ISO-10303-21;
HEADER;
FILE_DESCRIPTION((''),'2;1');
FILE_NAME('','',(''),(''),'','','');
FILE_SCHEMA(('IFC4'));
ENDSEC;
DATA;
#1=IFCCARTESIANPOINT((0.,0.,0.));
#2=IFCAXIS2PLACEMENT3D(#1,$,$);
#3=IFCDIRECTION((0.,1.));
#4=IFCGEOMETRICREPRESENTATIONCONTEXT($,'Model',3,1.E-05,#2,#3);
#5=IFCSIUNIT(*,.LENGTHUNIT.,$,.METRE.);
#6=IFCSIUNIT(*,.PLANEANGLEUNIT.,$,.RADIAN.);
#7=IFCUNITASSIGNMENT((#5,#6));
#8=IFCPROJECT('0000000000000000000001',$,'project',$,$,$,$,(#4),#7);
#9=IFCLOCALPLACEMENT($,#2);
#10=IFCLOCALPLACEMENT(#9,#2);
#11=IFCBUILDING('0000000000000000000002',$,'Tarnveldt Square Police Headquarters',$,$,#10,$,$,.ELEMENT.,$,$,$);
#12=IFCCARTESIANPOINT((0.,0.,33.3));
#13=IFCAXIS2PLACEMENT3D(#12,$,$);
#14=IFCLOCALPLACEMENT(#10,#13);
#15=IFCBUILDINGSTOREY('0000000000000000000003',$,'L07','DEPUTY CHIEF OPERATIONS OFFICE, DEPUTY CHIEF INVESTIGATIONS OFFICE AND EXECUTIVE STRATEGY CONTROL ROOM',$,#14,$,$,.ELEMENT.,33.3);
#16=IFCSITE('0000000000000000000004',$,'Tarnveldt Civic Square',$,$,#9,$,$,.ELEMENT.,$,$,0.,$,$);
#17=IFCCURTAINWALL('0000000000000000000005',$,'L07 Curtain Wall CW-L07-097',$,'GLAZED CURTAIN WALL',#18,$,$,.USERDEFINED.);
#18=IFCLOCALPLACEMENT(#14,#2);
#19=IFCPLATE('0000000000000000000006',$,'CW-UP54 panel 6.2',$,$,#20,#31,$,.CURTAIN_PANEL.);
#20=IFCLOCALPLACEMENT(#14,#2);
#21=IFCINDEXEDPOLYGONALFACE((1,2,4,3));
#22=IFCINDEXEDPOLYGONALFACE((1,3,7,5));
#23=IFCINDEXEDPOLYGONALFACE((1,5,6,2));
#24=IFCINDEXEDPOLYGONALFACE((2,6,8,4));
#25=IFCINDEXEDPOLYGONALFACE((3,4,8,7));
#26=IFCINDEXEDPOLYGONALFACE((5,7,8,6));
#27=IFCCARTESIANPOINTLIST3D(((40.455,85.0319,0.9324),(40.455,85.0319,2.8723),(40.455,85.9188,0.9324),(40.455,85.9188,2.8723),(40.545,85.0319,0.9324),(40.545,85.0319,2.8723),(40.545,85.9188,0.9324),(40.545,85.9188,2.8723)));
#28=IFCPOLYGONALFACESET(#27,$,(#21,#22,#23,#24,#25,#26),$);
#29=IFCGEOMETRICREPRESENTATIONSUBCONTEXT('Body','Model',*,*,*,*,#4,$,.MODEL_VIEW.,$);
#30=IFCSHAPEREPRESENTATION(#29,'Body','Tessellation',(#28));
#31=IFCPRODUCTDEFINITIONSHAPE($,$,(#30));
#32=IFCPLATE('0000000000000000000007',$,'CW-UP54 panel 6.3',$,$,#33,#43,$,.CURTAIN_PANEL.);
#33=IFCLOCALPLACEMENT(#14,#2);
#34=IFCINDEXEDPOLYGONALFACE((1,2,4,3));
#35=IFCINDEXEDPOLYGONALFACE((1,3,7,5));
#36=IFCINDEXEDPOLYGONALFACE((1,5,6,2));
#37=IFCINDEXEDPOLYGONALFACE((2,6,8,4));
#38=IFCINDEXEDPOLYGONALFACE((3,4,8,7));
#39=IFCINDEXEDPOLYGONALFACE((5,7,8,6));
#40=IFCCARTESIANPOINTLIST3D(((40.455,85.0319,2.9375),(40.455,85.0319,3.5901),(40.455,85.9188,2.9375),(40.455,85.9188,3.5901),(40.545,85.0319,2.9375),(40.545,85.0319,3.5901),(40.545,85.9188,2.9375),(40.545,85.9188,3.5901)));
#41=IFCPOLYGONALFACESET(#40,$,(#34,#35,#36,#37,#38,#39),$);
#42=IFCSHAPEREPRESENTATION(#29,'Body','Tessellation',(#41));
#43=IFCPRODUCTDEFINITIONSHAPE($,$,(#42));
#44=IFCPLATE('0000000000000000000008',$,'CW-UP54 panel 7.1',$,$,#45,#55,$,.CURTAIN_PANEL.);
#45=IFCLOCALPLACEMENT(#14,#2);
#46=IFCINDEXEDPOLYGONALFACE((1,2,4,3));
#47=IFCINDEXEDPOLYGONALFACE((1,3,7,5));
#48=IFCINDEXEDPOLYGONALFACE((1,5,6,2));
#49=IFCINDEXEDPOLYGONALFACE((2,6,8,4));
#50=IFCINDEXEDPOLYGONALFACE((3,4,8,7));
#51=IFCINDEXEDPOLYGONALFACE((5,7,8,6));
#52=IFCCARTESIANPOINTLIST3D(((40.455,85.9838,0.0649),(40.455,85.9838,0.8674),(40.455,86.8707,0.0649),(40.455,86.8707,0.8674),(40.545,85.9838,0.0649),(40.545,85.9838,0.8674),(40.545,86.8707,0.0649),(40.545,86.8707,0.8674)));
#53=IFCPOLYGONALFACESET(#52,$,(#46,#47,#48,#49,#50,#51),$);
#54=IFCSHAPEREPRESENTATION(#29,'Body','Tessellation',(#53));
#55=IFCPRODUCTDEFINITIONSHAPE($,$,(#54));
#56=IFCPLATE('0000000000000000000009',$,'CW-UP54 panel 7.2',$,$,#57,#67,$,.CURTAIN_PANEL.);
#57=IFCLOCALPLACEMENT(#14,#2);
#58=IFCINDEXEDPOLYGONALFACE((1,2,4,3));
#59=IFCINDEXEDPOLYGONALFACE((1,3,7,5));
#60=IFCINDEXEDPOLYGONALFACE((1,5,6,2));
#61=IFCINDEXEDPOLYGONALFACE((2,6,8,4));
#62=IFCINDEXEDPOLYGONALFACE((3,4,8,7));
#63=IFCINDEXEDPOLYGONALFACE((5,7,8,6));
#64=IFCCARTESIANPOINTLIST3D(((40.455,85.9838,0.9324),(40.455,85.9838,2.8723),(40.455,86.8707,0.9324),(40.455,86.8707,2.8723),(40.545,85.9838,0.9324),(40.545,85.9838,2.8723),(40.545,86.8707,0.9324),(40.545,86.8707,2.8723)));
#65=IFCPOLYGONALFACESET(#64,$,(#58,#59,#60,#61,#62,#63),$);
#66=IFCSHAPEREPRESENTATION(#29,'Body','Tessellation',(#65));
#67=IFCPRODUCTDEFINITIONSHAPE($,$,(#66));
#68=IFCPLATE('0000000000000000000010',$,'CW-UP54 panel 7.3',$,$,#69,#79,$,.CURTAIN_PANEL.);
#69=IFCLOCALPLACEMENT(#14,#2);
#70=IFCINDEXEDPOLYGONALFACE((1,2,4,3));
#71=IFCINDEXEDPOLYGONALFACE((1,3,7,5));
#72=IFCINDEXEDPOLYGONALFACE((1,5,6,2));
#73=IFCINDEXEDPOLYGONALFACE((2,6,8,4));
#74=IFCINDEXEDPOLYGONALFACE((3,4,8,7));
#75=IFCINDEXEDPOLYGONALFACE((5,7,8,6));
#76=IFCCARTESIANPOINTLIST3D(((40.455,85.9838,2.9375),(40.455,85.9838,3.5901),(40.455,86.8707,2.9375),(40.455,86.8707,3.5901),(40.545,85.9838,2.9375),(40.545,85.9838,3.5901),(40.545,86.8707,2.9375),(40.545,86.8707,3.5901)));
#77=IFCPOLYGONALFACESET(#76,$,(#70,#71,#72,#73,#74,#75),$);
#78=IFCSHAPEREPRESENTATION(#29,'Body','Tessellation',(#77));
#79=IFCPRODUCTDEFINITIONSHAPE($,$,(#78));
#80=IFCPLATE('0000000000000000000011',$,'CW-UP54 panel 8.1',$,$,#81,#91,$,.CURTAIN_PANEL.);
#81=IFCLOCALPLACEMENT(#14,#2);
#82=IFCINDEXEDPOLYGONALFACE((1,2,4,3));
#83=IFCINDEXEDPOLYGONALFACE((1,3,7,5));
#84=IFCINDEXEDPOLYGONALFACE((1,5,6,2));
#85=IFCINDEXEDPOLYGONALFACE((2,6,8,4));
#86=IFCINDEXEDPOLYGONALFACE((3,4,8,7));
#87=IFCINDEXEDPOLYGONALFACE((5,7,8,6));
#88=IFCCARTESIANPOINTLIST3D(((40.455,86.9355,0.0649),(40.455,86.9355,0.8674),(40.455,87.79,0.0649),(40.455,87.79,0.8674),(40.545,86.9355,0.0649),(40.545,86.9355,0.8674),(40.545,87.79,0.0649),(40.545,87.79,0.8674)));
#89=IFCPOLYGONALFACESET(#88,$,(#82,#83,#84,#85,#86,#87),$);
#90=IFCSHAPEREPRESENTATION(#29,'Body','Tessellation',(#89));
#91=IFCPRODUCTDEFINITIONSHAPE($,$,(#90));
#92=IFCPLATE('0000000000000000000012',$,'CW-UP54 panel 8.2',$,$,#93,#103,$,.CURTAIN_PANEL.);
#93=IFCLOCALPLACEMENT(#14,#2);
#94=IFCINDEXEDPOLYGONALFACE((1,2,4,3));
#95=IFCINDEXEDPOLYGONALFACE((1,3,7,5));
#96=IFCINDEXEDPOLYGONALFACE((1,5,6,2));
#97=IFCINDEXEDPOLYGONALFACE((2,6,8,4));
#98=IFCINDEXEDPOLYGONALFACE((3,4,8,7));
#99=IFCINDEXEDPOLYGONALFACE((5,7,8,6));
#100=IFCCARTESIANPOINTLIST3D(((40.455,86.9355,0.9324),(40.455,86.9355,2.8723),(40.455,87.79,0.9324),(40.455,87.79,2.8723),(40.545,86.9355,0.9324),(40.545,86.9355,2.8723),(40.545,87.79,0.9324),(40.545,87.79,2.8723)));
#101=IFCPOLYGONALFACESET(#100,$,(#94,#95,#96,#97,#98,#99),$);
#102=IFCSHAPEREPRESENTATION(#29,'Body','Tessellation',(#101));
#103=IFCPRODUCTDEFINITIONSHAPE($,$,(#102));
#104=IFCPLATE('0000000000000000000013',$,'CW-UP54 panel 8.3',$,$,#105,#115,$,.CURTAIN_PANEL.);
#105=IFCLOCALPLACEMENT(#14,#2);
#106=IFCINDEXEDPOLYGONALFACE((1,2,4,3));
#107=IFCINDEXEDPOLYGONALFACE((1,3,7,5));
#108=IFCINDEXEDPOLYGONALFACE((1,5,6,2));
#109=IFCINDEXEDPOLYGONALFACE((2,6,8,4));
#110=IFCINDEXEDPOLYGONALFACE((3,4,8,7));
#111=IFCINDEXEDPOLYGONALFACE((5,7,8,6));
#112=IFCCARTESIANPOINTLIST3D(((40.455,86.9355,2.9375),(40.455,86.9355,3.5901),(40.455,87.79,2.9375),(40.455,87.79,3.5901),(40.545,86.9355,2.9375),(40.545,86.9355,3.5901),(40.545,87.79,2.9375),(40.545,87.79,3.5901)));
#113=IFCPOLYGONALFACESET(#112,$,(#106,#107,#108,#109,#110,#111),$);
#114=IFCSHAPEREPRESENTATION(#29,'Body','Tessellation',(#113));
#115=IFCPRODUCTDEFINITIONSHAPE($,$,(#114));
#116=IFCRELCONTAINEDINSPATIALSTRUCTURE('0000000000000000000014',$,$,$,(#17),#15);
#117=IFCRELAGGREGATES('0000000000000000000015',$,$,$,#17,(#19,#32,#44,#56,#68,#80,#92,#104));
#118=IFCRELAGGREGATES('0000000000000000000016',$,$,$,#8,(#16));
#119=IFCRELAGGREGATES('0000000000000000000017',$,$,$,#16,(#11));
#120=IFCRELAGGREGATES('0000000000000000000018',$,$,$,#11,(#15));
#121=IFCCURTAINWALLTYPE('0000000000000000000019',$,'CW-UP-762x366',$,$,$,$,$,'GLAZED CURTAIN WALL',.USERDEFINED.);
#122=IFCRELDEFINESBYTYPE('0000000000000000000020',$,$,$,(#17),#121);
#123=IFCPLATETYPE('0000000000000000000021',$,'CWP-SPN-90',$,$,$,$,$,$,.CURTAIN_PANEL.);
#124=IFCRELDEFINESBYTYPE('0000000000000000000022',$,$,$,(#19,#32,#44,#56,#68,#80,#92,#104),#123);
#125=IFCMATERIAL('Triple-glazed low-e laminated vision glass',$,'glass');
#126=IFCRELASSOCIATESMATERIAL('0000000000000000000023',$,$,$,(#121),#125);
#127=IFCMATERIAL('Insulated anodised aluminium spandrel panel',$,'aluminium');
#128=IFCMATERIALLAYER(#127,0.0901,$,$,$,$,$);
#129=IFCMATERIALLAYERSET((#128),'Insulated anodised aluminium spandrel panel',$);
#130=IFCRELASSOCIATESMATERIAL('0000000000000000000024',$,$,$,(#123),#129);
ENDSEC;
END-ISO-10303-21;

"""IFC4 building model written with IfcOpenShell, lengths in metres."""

from ifc_helpers import new_model, si_unit, direction, frame, origin, origin_2d, place, context, subcontext, project, spatial, rectangle, extrude, material, layer, layer_set, type_object, element, aggregate, save


model = new_model("IFC4")

# Units and contexts
model_context = context("Model", 3, precision=1e-05, world=origin(), true_north=direction((0.0, 1.0)))
body_context = subcontext(model_context, "Body", "Model", "MODEL_VIEW")
ifc_project = project(units=[si_unit("LENGTHUNIT", "METRE"), si_unit("PLANEANGLEUNIT", "RADIAN")], contexts=[model_context])

# Site, building, storey
site_placement = place(None, origin())
site = spatial("IfcSite", under=ifc_project, at=site_placement, Name="Tarnveldt Civic Square", CompositionType="ELEMENT", RefElevation=0.0)
building_placement = place(site_placement, origin())
building = spatial("IfcBuilding", under=site, at=building_placement, Name="Tarnveldt Square Police Headquarters", CompositionType="ELEMENT")
storey_placement = place(building_placement, frame((0.0, 0.0, 33.3)))
storey = spatial("IfcBuildingStorey", under=building, at=storey_placement, Name="L07", Description="DEPUTY CHIEF OPERATIONS OFFICE, DEPUTY CHIEF INVESTIGATIONS OFFICE AND EXECUTIVE STRATEGY CONTROL ROOM", CompositionType="ELEMENT", Elevation=33.3)

# Curtain wall, plates
ifc_material_1 = material(Name="Triple-glazed low-e laminated vision glass", Category="glass")
curtain_wall_type = type_object("IfcCurtainWallType", Name="CW-UP-762x366", ElementType="GLAZED CURTAIN WALL", PredefinedType="USERDEFINED", material=ifc_material_1)
curtain_wall_placement = place(storey_placement, origin())
curtain_wall = element("IfcCurtainWall", 1, at=curtain_wall_placement, inside=storey, type_object=curtain_wall_type, Name="L07 Curtain Wall CW-L07-097", ObjectType="GLAZED CURTAIN WALL", PredefinedType="USERDEFINED")
ifc_material_2 = material(Name="Insulated anodised aluminium spandrel panel", Category="aluminium")
ifc_layer = layer(ifc_material_2, 0.0901)
ifc_layer_set = layer_set([ifc_layer], Name="Insulated anodised aluminium spandrel panel")
plate_type = type_object("IfcPlateType", Name="CWP-SPN-90", PredefinedType="CURTAIN_PANEL", material=ifc_layer_set)
plate_1_placement = place(storey_placement, frame((40.5, 85.4753, 0.9324), z_axis=(0.0, 0.0, 1.0), x_axis=(0.0, 1.0, 0.0)))
plate_1 = element("IfcPlate", 2, at=plate_1_placement, type_object=plate_type, Name="CW-UP54 panel 6.2", PredefinedType="CURTAIN_PANEL", context=body_context, shape_type="SweptSolid", body=[
    extrude(rectangle(XDim=0.887, YDim=0.0901, at=origin_2d()), origin(), (0.0, 0.0, 1.0), 1.9399),
])
plate_2_placement = place(storey_placement, frame((40.5, 85.4753, 2.9375), z_axis=(0.0, 0.0, 1.0), x_axis=(0.0, 1.0, 0.0)))
plate_2 = element("IfcPlate", 3, at=plate_2_placement, type_object=plate_type, Name="CW-UP54 panel 6.3", PredefinedType="CURTAIN_PANEL", context=body_context, shape_type="SweptSolid", body=[
    extrude(rectangle(XDim=0.887, YDim=0.0901, at=origin_2d()), origin(), (0.0, 0.0, 1.0), 0.6526),
])
plate_3_placement = place(storey_placement, frame((40.5, 86.4272, 0.0649), z_axis=(0.0, 0.0, 1.0), x_axis=(0.0, 1.0, 0.0)))
plate_3 = element("IfcPlate", 4, at=plate_3_placement, type_object=plate_type, Name="CW-UP54 panel 7.1", PredefinedType="CURTAIN_PANEL", context=body_context, shape_type="SweptSolid", body=[
    extrude(rectangle(XDim=0.887, YDim=0.0901, at=origin_2d()), origin(), (0.0, 0.0, 1.0), 0.8025),
])
plate_4_placement = place(storey_placement, frame((40.5, 86.4272, 0.9324), z_axis=(0.0, 0.0, 1.0), x_axis=(0.0, 1.0, 0.0)))
plate_4 = element("IfcPlate", 5, at=plate_4_placement, type_object=plate_type, Name="CW-UP54 panel 7.2", PredefinedType="CURTAIN_PANEL", context=body_context, shape_type="SweptSolid", body=[
    extrude(rectangle(XDim=0.887, YDim=0.0901, at=origin_2d()), origin(), (0.0, 0.0, 1.0), 1.9399),
])
plate_5_placement = place(storey_placement, frame((40.5, 86.4272, 2.9375), z_axis=(0.0, 0.0, 1.0), x_axis=(0.0, 1.0, 0.0)))
plate_5 = element("IfcPlate", 6, at=plate_5_placement, type_object=plate_type, Name="CW-UP54 panel 7.3", PredefinedType="CURTAIN_PANEL", context=body_context, shape_type="SweptSolid", body=[
    extrude(rectangle(XDim=0.887, YDim=0.0901, at=origin_2d()), origin(), (0.0, 0.0, 1.0), 0.6526),
])
plate_6_placement = place(storey_placement, frame((40.5, 87.3628, 0.0649), z_axis=(0.0, 0.0, 1.0), x_axis=(0.0, 1.0, 0.0)))
plate_6 = element("IfcPlate", 7, at=plate_6_placement, type_object=plate_type, Name="CW-UP54 panel 8.1", PredefinedType="CURTAIN_PANEL", context=body_context, shape_type="SweptSolid", body=[
    extrude(rectangle(XDim=0.8545, YDim=0.0901, at=origin_2d()), origin(), (0.0, 0.0, 1.0), 0.8025),
])
plate_7_placement = place(storey_placement, frame((40.5, 87.3628, 0.9324), z_axis=(0.0, 0.0, 1.0), x_axis=(0.0, 1.0, 0.0)))
plate_7 = element("IfcPlate", 8, at=plate_7_placement, type_object=plate_type, Name="CW-UP54 panel 8.2", PredefinedType="CURTAIN_PANEL", context=body_context, shape_type="SweptSolid", body=[
    extrude(rectangle(XDim=0.8545, YDim=0.0901, at=origin_2d()), origin(), (0.0, 0.0, 1.0), 1.9399),
])
plate_8_placement = place(storey_placement, frame((40.5, 87.3628, 2.9375), z_axis=(0.0, 0.0, 1.0), x_axis=(0.0, 1.0, 0.0)))
plate_8 = element("IfcPlate", 9, at=plate_8_placement, type_object=plate_type, Name="CW-UP54 panel 8.3", PredefinedType="CURTAIN_PANEL", context=body_context, shape_type="SweptSolid", body=[
    extrude(rectangle(XDim=0.8545, YDim=0.0901, at=origin_2d()), origin(), (0.0, 0.0, 1.0), 0.6526),
])
aggregate(curtain_wall, [plate_1, plate_2, plate_3, plate_4, plate_5, plate_6, plate_7, plate_8])

save(model, "model.ifc")
